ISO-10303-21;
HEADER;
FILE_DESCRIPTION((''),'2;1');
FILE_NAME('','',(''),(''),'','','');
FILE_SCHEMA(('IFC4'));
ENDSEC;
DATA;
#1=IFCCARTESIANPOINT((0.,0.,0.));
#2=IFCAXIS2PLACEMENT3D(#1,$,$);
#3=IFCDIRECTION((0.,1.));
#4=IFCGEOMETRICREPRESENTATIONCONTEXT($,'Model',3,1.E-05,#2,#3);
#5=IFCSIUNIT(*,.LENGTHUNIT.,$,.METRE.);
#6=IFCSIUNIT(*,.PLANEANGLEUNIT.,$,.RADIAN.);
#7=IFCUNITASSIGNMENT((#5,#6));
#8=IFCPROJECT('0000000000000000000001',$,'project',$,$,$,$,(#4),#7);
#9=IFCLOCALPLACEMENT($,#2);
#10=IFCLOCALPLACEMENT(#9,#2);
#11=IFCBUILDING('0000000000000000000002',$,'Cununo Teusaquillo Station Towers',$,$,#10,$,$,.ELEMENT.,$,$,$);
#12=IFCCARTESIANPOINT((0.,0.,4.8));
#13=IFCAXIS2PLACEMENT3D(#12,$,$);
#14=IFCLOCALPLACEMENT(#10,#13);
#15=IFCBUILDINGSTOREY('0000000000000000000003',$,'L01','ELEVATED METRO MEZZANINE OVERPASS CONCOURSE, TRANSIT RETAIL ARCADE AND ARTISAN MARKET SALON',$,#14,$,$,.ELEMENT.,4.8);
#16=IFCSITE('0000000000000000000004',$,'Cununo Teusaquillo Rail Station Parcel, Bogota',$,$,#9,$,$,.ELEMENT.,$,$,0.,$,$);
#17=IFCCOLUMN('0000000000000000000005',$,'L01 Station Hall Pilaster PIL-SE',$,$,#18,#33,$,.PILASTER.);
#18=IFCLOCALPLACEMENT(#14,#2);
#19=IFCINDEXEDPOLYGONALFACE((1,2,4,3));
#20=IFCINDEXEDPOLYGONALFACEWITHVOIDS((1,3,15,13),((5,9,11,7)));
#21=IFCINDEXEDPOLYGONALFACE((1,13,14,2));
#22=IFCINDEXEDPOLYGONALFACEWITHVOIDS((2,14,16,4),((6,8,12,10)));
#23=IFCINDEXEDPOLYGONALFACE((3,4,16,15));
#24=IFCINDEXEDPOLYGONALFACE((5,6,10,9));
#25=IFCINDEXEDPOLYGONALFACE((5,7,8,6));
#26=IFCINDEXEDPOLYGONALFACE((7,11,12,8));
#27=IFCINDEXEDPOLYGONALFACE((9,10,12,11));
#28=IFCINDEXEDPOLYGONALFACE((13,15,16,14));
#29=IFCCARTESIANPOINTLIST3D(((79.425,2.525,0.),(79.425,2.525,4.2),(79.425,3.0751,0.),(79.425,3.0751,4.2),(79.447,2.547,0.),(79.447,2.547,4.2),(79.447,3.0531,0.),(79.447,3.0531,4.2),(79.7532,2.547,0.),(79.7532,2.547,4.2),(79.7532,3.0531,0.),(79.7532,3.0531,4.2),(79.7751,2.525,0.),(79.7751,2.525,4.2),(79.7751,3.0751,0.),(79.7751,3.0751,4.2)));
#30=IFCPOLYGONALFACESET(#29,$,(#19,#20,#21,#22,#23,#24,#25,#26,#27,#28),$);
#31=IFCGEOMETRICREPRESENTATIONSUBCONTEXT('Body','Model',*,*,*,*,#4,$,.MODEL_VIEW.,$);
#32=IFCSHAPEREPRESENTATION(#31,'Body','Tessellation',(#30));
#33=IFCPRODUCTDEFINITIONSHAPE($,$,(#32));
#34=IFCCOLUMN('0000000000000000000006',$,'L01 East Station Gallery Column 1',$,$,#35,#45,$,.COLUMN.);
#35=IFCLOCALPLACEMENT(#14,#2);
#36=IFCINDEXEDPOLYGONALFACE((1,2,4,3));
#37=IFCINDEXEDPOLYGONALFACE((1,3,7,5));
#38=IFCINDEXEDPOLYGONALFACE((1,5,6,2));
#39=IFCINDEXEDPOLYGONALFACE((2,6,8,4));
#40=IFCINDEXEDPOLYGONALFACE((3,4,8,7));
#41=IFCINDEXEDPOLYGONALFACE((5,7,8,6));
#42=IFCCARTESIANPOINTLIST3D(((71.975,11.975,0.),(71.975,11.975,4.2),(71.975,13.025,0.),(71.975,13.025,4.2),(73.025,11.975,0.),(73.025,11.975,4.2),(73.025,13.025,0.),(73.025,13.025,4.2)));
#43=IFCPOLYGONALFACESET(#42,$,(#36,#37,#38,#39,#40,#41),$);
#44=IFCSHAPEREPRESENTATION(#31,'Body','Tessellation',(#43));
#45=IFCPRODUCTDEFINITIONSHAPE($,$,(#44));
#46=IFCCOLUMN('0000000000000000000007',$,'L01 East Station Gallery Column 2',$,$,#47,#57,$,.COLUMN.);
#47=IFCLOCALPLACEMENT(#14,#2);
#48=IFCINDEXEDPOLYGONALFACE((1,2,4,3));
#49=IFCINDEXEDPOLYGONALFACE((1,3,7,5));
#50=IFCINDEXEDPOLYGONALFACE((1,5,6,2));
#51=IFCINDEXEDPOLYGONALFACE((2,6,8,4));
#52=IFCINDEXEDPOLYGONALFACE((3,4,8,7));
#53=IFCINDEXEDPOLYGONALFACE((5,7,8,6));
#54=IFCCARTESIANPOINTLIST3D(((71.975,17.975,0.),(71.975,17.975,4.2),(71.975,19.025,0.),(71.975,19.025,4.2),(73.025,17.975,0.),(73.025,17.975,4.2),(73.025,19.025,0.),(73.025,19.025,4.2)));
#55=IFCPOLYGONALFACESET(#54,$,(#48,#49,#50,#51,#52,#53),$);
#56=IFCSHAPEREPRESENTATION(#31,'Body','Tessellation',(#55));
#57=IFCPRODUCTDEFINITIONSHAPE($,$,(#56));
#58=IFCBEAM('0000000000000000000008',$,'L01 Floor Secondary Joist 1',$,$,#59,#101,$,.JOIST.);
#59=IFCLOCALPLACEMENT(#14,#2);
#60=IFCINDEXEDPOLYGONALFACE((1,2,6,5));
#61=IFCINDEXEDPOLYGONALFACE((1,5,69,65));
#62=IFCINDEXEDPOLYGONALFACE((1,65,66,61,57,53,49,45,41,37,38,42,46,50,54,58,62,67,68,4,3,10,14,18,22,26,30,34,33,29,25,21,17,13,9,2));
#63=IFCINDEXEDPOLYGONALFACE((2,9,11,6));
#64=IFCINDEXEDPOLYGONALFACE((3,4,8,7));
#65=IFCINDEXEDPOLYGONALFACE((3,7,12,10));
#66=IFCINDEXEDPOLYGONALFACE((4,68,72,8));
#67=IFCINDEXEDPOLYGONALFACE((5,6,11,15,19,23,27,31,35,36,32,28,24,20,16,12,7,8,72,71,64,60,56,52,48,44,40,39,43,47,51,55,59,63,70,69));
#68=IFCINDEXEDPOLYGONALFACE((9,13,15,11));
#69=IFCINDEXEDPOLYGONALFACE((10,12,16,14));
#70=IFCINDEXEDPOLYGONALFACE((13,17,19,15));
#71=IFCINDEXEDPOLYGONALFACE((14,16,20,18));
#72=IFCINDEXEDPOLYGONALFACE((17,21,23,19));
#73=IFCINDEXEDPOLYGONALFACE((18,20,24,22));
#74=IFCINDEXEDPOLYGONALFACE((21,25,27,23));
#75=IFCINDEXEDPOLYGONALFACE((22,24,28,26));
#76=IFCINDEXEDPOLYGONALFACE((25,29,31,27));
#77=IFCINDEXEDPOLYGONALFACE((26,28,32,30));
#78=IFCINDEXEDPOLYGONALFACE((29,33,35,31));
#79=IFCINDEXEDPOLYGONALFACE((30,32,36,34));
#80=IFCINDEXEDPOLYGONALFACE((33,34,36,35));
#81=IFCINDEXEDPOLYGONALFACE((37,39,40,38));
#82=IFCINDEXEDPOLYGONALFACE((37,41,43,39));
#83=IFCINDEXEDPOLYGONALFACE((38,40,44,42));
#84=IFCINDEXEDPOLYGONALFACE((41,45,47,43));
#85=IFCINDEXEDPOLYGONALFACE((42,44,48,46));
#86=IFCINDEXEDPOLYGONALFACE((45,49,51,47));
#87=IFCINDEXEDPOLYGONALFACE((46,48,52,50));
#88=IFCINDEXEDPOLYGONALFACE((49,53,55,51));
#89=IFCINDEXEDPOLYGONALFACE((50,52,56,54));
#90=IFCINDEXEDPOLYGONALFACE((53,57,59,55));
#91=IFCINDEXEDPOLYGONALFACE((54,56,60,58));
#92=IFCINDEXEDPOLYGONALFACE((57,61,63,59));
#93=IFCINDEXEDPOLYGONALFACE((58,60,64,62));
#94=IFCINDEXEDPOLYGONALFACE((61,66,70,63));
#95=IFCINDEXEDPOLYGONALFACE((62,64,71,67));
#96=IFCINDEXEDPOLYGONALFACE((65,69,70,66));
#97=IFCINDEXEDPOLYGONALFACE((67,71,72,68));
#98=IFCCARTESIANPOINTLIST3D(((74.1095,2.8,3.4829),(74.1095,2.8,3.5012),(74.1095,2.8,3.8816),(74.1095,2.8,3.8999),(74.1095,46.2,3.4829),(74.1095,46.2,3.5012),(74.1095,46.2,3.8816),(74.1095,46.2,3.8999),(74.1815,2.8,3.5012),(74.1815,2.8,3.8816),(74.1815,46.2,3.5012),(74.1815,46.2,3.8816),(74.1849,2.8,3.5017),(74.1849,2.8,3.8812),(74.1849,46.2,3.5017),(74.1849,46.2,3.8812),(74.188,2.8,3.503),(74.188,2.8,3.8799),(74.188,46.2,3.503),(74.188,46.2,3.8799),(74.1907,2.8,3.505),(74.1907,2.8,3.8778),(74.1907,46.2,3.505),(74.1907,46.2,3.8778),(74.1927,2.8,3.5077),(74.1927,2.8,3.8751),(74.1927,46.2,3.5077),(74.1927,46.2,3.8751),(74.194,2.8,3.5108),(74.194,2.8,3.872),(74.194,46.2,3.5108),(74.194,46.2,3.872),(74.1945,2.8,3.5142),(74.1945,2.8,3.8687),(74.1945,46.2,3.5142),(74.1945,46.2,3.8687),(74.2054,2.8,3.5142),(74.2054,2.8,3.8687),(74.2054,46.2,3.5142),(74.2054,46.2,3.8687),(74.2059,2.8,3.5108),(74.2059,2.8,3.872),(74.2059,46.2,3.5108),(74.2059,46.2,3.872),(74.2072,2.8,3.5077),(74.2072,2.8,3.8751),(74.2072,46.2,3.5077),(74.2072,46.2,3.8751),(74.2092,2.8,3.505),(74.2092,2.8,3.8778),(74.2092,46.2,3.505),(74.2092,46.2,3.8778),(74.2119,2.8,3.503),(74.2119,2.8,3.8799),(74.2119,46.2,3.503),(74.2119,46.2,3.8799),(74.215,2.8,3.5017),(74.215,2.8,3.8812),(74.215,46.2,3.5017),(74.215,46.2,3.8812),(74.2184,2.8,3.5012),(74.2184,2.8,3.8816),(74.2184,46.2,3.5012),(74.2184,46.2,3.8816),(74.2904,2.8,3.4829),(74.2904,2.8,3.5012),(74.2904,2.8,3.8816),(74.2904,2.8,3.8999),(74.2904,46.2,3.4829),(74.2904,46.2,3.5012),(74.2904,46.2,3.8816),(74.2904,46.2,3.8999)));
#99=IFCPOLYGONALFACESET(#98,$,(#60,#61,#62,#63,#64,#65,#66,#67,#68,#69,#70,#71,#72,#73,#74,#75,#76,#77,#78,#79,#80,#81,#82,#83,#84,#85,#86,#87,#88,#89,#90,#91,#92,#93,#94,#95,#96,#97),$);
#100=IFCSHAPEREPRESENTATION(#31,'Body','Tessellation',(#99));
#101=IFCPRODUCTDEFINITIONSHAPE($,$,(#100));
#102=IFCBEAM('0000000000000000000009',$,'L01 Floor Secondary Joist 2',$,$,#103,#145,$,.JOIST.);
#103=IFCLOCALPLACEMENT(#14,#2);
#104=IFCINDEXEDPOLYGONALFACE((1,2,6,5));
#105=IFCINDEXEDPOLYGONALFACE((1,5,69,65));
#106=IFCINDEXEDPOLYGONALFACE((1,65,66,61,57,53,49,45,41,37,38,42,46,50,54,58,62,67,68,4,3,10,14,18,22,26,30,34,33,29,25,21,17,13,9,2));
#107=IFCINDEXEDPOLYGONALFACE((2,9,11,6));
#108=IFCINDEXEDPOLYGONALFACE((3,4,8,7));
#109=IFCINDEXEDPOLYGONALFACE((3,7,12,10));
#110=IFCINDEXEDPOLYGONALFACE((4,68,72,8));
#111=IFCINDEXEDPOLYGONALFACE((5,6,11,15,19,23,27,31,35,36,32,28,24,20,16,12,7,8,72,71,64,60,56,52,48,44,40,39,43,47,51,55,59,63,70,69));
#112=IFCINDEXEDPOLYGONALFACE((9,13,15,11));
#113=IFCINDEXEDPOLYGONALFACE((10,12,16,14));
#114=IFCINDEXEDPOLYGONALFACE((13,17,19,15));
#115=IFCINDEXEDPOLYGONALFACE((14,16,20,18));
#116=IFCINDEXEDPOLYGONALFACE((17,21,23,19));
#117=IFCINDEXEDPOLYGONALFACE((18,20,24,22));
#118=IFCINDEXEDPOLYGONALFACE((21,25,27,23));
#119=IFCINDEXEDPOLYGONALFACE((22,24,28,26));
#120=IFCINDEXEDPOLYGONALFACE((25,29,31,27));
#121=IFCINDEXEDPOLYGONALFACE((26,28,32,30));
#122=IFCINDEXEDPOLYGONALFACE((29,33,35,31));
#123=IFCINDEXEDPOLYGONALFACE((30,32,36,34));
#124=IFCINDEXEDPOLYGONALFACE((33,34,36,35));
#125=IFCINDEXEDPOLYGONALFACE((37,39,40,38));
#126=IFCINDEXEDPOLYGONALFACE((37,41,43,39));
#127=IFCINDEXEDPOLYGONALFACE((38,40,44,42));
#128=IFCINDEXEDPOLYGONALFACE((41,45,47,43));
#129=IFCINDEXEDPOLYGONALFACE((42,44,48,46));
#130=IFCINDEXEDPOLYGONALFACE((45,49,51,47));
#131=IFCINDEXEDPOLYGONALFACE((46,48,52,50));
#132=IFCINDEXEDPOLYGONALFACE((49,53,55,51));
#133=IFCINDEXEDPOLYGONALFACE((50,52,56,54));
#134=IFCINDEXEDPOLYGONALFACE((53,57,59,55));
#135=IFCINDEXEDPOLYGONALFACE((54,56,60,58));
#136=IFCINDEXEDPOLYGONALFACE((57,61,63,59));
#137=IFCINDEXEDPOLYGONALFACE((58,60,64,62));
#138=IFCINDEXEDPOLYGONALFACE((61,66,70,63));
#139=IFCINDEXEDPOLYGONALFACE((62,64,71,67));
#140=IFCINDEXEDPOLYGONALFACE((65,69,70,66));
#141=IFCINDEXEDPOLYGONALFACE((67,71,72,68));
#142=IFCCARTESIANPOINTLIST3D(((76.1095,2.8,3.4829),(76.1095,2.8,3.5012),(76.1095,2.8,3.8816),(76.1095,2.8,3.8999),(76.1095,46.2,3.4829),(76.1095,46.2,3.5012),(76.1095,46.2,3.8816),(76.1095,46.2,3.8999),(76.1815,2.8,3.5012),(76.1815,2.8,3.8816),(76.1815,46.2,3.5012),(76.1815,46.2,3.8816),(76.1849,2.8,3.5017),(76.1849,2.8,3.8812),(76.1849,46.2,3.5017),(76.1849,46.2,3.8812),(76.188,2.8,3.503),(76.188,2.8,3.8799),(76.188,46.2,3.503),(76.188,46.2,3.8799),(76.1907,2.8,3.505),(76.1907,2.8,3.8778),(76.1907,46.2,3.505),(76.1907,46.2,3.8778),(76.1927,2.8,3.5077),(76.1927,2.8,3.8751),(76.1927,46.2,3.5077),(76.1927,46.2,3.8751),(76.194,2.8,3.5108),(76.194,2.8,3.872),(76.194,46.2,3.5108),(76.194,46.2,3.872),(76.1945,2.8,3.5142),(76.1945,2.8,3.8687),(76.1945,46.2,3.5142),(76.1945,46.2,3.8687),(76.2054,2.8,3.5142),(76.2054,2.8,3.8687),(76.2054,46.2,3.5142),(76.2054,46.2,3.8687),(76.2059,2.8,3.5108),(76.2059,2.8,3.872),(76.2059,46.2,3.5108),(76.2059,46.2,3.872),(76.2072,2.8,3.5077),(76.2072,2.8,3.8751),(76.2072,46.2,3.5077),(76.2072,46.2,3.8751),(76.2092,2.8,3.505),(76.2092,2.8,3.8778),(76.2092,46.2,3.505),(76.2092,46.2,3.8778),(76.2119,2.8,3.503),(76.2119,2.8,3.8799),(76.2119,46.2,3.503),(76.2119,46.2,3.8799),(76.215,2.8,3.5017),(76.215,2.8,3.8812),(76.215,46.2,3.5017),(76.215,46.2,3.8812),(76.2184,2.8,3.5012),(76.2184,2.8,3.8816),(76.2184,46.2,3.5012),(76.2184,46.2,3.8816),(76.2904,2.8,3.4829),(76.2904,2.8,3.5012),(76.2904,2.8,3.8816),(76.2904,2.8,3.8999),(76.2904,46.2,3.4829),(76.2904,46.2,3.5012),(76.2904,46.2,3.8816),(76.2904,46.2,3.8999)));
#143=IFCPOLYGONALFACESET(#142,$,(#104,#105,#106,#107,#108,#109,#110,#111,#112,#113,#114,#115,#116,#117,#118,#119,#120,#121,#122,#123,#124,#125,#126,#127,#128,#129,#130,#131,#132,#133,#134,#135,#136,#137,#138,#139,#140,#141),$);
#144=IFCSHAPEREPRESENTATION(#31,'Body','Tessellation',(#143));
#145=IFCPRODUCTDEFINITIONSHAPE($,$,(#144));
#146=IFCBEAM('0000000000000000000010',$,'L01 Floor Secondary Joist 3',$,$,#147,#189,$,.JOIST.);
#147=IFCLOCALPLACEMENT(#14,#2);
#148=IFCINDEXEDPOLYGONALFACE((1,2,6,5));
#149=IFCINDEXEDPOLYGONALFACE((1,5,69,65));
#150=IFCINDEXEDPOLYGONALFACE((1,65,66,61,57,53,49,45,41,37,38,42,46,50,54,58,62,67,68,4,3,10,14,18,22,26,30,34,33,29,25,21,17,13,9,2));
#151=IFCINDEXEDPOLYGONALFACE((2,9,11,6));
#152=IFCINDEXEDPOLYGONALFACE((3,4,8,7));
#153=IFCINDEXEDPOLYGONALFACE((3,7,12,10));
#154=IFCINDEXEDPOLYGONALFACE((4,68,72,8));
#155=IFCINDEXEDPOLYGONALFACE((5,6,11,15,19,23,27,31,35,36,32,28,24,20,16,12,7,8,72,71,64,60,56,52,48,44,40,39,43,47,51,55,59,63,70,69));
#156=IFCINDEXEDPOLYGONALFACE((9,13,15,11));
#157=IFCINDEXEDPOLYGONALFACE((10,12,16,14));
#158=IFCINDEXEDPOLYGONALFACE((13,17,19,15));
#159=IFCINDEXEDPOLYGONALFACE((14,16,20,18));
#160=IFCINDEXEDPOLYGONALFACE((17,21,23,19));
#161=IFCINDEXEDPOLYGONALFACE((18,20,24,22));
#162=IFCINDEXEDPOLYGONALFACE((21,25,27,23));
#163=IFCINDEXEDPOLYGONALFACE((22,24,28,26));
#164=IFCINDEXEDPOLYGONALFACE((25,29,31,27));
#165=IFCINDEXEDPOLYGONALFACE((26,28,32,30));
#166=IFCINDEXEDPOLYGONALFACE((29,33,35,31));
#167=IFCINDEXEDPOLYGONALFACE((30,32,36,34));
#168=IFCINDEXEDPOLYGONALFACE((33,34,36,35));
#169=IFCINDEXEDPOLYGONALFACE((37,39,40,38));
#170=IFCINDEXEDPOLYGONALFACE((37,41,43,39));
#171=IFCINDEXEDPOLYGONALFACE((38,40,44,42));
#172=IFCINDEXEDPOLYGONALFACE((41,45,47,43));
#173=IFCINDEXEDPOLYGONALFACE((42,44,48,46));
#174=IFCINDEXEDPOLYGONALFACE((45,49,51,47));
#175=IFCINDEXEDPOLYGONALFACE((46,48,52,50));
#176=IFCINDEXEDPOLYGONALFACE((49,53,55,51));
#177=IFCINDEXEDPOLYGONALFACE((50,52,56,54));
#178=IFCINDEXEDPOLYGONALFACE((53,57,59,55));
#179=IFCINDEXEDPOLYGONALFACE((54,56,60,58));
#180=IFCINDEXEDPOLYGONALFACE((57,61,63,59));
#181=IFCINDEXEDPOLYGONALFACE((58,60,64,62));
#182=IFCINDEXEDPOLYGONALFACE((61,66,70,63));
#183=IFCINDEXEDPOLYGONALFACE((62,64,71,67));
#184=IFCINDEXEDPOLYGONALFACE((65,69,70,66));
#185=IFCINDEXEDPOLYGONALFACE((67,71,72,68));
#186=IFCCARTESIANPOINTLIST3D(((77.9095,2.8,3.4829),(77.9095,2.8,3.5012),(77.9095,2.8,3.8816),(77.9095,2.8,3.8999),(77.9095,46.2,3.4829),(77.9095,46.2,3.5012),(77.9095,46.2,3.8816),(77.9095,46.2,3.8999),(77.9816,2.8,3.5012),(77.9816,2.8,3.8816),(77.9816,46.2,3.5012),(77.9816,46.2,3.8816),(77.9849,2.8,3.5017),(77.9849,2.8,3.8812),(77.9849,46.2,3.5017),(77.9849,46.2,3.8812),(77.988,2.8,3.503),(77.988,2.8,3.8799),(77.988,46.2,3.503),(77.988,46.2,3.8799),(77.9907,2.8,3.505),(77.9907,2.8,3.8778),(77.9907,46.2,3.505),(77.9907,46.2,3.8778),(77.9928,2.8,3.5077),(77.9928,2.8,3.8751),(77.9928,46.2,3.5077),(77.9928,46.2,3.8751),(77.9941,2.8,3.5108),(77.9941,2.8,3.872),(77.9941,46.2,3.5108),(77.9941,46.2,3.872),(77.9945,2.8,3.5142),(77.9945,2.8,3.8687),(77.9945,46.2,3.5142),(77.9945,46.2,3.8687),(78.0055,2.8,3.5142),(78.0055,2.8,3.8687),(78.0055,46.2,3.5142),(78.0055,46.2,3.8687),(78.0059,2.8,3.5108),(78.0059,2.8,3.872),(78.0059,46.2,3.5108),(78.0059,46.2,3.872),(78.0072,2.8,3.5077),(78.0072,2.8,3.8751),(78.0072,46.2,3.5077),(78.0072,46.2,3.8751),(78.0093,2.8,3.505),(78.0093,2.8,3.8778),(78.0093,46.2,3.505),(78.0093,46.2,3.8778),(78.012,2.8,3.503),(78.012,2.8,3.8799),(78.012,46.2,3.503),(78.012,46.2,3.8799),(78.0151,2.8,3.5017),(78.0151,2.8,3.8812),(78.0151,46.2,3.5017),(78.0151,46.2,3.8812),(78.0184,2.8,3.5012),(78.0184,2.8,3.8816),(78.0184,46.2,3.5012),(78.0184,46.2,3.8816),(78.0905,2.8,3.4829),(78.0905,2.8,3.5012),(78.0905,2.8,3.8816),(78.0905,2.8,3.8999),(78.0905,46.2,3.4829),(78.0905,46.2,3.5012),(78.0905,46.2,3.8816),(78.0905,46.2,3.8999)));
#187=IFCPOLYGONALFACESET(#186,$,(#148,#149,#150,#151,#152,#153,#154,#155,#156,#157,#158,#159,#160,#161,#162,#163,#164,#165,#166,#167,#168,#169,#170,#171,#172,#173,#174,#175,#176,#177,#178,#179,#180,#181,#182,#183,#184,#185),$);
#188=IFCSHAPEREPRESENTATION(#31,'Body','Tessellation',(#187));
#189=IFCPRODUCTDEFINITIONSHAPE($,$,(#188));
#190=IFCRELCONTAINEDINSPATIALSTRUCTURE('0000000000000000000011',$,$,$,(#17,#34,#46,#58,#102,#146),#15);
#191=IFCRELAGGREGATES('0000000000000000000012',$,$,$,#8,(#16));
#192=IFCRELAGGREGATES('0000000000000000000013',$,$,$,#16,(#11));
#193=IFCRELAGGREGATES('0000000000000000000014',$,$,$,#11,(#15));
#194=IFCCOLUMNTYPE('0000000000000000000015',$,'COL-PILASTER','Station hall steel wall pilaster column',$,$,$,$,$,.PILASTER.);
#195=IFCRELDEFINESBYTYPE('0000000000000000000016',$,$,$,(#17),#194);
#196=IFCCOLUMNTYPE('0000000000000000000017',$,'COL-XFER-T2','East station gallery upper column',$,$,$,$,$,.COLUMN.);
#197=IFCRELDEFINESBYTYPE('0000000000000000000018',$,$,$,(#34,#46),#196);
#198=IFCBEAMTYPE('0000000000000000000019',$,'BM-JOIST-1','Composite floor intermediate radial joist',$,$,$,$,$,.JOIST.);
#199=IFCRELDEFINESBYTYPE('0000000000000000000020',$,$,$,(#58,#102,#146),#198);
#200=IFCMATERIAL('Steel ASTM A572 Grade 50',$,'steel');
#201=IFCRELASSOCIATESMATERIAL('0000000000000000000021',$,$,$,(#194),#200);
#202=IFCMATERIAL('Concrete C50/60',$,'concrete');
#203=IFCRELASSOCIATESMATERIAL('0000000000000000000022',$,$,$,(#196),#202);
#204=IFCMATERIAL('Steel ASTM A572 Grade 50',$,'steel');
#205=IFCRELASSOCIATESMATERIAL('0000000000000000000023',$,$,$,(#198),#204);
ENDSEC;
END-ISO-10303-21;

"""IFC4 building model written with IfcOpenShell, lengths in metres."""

from ifc_helpers import new_model, si_unit, direction, frame, origin, origin_2d, place, context, subcontext, project, spatial, rectangle, hollow_rectangle, i_section, extrude, material, material_profile, profile_set, type_object, element, save


model = new_model("IFC4")

# Units and contexts
model_context = context("Model", 3, precision=1e-05, world=origin(), true_north=direction((0.0, 1.0)))
body_context = subcontext(model_context, "Body", "Model", "MODEL_VIEW")
ifc_project = project(units=[si_unit("LENGTHUNIT", "METRE"), si_unit("PLANEANGLEUNIT", "RADIAN")], contexts=[model_context])

# Site, building, storey
site_placement = place(None, origin())
site = spatial("IfcSite", under=ifc_project, at=site_placement, Name="Cununo Teusaquillo Rail Station Parcel, Bogota", CompositionType="ELEMENT", RefElevation=0.0)
building_placement = place(site_placement, origin())
building = spatial("IfcBuilding", under=site, at=building_placement, Name="Cununo Teusaquillo Station Towers", CompositionType="ELEMENT")
storey_placement = place(building_placement, frame((0.0, 0.0, 4.8)))
storey = spatial("IfcBuildingStorey", under=building, at=storey_placement, Name="L01", Description="ELEVATED METRO MEZZANINE OVERPASS CONCOURSE, TRANSIT RETAIL ARCADE AND ARTISAN MARKET SALON", CompositionType="ELEMENT", Elevation=4.8)

# Columns
ifc_material_1 = material(Name="Steel ASTM A572 Grade 50", Category="steel")
ifc_material_profile_1 = material_profile(ifc_material_1, hollow_rectangle(XDim=0.3501, YDim=0.55, WallThickness=0.022, at=origin_2d()), Name="RHS 550x350x22")
ifc_profile_set_1 = profile_set([ifc_material_profile_1], Name="Steel ASTM A572 Grade 50")
column_type_1 = type_object("IfcColumnType", Name="COL-PILASTER", Description="Station hall steel wall pilaster column", PredefinedType="PILASTER", material=ifc_profile_set_1)
column_placement = place(storey_placement, frame((79.6001, 2.8, 0.0), z_axis=(0.0, 0.0, 1.0), x_axis=(1.0, 0.0, 0.0)))
element("IfcColumn", 1, at=column_placement, inside=storey, type_object=column_type_1, Name="L01 Station Hall Pilaster PIL-SE", PredefinedType="PILASTER", context=body_context, shape_type="SweptSolid", body=[
    extrude(hollow_rectangle(XDim=0.3501, YDim=0.55, WallThickness=0.022, at=origin_2d()), origin(), (0.0, 0.0, 1.0), 4.2),
])
ifc_material_2 = material(Name="Concrete C50/60", Category="concrete")
ifc_material_profile_2 = material_profile(ifc_material_2, rectangle(XDim=1.05, YDim=1.05, at=origin_2d()), Name="RC-RECT-1050x1050")
ifc_profile_set_2 = profile_set([ifc_material_profile_2], Name="Concrete C50/60")
column_type_2 = type_object("IfcColumnType", Name="COL-XFER-T2", Description="East station gallery upper column", PredefinedType="COLUMN", material=ifc_profile_set_2)
for number, where, z_axis, x_axis, name in (
    (2, (72.5, 12.5, 0.0), (0.0, 0.0, 1.0), (1.0, 0.0, 0.0), "L01 East Station Gallery Column 1"),
    (3, (72.5, 18.5, 0.0), (0.0, 0.0, 1.0), (1.0, 0.0, 0.0), "L01 East Station Gallery Column 2"),
):
    element("IfcColumn", number, at=place(storey_placement, frame(where, z_axis=z_axis, x_axis=x_axis)), inside=storey, type_object=column_type_2, Name=name, PredefinedType="COLUMN", context=body_context, shape_type="SweptSolid", body=[
        extrude(rectangle(XDim=1.05, YDim=1.05, at=origin_2d()), origin(), (0.0, 0.0, 1.0), 4.2),
    ])

# Beams
ifc_material_3 = material(Name="Steel ASTM A572 Grade 50", Category="steel")
ifc_material_profile_3 = material_profile(ifc_material_3, i_section(OverallWidth=0.1809, OverallDepth=0.417, WebThickness=0.011, FlangeThickness=0.0183, FilletRadius=0.0129, at=origin_2d()), Name="W16X57")
ifc_profile_set_3 = profile_set([ifc_material_profile_3], Name="Steel ASTM A572 Grade 50")
beam_type_1 = type_object("IfcBeamType", Name="BM-JOIST-1", Description="Composite floor intermediate radial joist", PredefinedType="JOIST", material=ifc_profile_set_3)
for number, where, z_axis, x_axis, name in (
    (4, (74.2, 2.8, 3.6914), (0.0, 1.0, 0.0), (-1.0, 0.0, 0.0), "L01 Floor Secondary Joist 1"),
    (5, (76.2, 2.8, 3.6914), (0.0, 1.0, 0.0), (-1.0, 0.0, 0.0), "L01 Floor Secondary Joist 2"),
    (6, (78.0, 2.8, 3.6914), (0.0, 1.0, 0.0), (-1.0, 0.0, 0.0), "L01 Floor Secondary Joist 3"),
):
    element("IfcBeam", number, at=place(storey_placement, frame(where, z_axis=z_axis, x_axis=x_axis)), inside=storey, type_object=beam_type_1, Name=name, PredefinedType="JOIST", context=body_context, shape_type="SweptSolid", body=[
        extrude(i_section(OverallWidth=0.1809, OverallDepth=0.417, WebThickness=0.011, FlangeThickness=0.0183, FilletRadius=0.0129, at=origin_2d()), origin(), (0.0, 0.0, 1.0), 43.3999),
    ])

save(model, "model.ifc")
